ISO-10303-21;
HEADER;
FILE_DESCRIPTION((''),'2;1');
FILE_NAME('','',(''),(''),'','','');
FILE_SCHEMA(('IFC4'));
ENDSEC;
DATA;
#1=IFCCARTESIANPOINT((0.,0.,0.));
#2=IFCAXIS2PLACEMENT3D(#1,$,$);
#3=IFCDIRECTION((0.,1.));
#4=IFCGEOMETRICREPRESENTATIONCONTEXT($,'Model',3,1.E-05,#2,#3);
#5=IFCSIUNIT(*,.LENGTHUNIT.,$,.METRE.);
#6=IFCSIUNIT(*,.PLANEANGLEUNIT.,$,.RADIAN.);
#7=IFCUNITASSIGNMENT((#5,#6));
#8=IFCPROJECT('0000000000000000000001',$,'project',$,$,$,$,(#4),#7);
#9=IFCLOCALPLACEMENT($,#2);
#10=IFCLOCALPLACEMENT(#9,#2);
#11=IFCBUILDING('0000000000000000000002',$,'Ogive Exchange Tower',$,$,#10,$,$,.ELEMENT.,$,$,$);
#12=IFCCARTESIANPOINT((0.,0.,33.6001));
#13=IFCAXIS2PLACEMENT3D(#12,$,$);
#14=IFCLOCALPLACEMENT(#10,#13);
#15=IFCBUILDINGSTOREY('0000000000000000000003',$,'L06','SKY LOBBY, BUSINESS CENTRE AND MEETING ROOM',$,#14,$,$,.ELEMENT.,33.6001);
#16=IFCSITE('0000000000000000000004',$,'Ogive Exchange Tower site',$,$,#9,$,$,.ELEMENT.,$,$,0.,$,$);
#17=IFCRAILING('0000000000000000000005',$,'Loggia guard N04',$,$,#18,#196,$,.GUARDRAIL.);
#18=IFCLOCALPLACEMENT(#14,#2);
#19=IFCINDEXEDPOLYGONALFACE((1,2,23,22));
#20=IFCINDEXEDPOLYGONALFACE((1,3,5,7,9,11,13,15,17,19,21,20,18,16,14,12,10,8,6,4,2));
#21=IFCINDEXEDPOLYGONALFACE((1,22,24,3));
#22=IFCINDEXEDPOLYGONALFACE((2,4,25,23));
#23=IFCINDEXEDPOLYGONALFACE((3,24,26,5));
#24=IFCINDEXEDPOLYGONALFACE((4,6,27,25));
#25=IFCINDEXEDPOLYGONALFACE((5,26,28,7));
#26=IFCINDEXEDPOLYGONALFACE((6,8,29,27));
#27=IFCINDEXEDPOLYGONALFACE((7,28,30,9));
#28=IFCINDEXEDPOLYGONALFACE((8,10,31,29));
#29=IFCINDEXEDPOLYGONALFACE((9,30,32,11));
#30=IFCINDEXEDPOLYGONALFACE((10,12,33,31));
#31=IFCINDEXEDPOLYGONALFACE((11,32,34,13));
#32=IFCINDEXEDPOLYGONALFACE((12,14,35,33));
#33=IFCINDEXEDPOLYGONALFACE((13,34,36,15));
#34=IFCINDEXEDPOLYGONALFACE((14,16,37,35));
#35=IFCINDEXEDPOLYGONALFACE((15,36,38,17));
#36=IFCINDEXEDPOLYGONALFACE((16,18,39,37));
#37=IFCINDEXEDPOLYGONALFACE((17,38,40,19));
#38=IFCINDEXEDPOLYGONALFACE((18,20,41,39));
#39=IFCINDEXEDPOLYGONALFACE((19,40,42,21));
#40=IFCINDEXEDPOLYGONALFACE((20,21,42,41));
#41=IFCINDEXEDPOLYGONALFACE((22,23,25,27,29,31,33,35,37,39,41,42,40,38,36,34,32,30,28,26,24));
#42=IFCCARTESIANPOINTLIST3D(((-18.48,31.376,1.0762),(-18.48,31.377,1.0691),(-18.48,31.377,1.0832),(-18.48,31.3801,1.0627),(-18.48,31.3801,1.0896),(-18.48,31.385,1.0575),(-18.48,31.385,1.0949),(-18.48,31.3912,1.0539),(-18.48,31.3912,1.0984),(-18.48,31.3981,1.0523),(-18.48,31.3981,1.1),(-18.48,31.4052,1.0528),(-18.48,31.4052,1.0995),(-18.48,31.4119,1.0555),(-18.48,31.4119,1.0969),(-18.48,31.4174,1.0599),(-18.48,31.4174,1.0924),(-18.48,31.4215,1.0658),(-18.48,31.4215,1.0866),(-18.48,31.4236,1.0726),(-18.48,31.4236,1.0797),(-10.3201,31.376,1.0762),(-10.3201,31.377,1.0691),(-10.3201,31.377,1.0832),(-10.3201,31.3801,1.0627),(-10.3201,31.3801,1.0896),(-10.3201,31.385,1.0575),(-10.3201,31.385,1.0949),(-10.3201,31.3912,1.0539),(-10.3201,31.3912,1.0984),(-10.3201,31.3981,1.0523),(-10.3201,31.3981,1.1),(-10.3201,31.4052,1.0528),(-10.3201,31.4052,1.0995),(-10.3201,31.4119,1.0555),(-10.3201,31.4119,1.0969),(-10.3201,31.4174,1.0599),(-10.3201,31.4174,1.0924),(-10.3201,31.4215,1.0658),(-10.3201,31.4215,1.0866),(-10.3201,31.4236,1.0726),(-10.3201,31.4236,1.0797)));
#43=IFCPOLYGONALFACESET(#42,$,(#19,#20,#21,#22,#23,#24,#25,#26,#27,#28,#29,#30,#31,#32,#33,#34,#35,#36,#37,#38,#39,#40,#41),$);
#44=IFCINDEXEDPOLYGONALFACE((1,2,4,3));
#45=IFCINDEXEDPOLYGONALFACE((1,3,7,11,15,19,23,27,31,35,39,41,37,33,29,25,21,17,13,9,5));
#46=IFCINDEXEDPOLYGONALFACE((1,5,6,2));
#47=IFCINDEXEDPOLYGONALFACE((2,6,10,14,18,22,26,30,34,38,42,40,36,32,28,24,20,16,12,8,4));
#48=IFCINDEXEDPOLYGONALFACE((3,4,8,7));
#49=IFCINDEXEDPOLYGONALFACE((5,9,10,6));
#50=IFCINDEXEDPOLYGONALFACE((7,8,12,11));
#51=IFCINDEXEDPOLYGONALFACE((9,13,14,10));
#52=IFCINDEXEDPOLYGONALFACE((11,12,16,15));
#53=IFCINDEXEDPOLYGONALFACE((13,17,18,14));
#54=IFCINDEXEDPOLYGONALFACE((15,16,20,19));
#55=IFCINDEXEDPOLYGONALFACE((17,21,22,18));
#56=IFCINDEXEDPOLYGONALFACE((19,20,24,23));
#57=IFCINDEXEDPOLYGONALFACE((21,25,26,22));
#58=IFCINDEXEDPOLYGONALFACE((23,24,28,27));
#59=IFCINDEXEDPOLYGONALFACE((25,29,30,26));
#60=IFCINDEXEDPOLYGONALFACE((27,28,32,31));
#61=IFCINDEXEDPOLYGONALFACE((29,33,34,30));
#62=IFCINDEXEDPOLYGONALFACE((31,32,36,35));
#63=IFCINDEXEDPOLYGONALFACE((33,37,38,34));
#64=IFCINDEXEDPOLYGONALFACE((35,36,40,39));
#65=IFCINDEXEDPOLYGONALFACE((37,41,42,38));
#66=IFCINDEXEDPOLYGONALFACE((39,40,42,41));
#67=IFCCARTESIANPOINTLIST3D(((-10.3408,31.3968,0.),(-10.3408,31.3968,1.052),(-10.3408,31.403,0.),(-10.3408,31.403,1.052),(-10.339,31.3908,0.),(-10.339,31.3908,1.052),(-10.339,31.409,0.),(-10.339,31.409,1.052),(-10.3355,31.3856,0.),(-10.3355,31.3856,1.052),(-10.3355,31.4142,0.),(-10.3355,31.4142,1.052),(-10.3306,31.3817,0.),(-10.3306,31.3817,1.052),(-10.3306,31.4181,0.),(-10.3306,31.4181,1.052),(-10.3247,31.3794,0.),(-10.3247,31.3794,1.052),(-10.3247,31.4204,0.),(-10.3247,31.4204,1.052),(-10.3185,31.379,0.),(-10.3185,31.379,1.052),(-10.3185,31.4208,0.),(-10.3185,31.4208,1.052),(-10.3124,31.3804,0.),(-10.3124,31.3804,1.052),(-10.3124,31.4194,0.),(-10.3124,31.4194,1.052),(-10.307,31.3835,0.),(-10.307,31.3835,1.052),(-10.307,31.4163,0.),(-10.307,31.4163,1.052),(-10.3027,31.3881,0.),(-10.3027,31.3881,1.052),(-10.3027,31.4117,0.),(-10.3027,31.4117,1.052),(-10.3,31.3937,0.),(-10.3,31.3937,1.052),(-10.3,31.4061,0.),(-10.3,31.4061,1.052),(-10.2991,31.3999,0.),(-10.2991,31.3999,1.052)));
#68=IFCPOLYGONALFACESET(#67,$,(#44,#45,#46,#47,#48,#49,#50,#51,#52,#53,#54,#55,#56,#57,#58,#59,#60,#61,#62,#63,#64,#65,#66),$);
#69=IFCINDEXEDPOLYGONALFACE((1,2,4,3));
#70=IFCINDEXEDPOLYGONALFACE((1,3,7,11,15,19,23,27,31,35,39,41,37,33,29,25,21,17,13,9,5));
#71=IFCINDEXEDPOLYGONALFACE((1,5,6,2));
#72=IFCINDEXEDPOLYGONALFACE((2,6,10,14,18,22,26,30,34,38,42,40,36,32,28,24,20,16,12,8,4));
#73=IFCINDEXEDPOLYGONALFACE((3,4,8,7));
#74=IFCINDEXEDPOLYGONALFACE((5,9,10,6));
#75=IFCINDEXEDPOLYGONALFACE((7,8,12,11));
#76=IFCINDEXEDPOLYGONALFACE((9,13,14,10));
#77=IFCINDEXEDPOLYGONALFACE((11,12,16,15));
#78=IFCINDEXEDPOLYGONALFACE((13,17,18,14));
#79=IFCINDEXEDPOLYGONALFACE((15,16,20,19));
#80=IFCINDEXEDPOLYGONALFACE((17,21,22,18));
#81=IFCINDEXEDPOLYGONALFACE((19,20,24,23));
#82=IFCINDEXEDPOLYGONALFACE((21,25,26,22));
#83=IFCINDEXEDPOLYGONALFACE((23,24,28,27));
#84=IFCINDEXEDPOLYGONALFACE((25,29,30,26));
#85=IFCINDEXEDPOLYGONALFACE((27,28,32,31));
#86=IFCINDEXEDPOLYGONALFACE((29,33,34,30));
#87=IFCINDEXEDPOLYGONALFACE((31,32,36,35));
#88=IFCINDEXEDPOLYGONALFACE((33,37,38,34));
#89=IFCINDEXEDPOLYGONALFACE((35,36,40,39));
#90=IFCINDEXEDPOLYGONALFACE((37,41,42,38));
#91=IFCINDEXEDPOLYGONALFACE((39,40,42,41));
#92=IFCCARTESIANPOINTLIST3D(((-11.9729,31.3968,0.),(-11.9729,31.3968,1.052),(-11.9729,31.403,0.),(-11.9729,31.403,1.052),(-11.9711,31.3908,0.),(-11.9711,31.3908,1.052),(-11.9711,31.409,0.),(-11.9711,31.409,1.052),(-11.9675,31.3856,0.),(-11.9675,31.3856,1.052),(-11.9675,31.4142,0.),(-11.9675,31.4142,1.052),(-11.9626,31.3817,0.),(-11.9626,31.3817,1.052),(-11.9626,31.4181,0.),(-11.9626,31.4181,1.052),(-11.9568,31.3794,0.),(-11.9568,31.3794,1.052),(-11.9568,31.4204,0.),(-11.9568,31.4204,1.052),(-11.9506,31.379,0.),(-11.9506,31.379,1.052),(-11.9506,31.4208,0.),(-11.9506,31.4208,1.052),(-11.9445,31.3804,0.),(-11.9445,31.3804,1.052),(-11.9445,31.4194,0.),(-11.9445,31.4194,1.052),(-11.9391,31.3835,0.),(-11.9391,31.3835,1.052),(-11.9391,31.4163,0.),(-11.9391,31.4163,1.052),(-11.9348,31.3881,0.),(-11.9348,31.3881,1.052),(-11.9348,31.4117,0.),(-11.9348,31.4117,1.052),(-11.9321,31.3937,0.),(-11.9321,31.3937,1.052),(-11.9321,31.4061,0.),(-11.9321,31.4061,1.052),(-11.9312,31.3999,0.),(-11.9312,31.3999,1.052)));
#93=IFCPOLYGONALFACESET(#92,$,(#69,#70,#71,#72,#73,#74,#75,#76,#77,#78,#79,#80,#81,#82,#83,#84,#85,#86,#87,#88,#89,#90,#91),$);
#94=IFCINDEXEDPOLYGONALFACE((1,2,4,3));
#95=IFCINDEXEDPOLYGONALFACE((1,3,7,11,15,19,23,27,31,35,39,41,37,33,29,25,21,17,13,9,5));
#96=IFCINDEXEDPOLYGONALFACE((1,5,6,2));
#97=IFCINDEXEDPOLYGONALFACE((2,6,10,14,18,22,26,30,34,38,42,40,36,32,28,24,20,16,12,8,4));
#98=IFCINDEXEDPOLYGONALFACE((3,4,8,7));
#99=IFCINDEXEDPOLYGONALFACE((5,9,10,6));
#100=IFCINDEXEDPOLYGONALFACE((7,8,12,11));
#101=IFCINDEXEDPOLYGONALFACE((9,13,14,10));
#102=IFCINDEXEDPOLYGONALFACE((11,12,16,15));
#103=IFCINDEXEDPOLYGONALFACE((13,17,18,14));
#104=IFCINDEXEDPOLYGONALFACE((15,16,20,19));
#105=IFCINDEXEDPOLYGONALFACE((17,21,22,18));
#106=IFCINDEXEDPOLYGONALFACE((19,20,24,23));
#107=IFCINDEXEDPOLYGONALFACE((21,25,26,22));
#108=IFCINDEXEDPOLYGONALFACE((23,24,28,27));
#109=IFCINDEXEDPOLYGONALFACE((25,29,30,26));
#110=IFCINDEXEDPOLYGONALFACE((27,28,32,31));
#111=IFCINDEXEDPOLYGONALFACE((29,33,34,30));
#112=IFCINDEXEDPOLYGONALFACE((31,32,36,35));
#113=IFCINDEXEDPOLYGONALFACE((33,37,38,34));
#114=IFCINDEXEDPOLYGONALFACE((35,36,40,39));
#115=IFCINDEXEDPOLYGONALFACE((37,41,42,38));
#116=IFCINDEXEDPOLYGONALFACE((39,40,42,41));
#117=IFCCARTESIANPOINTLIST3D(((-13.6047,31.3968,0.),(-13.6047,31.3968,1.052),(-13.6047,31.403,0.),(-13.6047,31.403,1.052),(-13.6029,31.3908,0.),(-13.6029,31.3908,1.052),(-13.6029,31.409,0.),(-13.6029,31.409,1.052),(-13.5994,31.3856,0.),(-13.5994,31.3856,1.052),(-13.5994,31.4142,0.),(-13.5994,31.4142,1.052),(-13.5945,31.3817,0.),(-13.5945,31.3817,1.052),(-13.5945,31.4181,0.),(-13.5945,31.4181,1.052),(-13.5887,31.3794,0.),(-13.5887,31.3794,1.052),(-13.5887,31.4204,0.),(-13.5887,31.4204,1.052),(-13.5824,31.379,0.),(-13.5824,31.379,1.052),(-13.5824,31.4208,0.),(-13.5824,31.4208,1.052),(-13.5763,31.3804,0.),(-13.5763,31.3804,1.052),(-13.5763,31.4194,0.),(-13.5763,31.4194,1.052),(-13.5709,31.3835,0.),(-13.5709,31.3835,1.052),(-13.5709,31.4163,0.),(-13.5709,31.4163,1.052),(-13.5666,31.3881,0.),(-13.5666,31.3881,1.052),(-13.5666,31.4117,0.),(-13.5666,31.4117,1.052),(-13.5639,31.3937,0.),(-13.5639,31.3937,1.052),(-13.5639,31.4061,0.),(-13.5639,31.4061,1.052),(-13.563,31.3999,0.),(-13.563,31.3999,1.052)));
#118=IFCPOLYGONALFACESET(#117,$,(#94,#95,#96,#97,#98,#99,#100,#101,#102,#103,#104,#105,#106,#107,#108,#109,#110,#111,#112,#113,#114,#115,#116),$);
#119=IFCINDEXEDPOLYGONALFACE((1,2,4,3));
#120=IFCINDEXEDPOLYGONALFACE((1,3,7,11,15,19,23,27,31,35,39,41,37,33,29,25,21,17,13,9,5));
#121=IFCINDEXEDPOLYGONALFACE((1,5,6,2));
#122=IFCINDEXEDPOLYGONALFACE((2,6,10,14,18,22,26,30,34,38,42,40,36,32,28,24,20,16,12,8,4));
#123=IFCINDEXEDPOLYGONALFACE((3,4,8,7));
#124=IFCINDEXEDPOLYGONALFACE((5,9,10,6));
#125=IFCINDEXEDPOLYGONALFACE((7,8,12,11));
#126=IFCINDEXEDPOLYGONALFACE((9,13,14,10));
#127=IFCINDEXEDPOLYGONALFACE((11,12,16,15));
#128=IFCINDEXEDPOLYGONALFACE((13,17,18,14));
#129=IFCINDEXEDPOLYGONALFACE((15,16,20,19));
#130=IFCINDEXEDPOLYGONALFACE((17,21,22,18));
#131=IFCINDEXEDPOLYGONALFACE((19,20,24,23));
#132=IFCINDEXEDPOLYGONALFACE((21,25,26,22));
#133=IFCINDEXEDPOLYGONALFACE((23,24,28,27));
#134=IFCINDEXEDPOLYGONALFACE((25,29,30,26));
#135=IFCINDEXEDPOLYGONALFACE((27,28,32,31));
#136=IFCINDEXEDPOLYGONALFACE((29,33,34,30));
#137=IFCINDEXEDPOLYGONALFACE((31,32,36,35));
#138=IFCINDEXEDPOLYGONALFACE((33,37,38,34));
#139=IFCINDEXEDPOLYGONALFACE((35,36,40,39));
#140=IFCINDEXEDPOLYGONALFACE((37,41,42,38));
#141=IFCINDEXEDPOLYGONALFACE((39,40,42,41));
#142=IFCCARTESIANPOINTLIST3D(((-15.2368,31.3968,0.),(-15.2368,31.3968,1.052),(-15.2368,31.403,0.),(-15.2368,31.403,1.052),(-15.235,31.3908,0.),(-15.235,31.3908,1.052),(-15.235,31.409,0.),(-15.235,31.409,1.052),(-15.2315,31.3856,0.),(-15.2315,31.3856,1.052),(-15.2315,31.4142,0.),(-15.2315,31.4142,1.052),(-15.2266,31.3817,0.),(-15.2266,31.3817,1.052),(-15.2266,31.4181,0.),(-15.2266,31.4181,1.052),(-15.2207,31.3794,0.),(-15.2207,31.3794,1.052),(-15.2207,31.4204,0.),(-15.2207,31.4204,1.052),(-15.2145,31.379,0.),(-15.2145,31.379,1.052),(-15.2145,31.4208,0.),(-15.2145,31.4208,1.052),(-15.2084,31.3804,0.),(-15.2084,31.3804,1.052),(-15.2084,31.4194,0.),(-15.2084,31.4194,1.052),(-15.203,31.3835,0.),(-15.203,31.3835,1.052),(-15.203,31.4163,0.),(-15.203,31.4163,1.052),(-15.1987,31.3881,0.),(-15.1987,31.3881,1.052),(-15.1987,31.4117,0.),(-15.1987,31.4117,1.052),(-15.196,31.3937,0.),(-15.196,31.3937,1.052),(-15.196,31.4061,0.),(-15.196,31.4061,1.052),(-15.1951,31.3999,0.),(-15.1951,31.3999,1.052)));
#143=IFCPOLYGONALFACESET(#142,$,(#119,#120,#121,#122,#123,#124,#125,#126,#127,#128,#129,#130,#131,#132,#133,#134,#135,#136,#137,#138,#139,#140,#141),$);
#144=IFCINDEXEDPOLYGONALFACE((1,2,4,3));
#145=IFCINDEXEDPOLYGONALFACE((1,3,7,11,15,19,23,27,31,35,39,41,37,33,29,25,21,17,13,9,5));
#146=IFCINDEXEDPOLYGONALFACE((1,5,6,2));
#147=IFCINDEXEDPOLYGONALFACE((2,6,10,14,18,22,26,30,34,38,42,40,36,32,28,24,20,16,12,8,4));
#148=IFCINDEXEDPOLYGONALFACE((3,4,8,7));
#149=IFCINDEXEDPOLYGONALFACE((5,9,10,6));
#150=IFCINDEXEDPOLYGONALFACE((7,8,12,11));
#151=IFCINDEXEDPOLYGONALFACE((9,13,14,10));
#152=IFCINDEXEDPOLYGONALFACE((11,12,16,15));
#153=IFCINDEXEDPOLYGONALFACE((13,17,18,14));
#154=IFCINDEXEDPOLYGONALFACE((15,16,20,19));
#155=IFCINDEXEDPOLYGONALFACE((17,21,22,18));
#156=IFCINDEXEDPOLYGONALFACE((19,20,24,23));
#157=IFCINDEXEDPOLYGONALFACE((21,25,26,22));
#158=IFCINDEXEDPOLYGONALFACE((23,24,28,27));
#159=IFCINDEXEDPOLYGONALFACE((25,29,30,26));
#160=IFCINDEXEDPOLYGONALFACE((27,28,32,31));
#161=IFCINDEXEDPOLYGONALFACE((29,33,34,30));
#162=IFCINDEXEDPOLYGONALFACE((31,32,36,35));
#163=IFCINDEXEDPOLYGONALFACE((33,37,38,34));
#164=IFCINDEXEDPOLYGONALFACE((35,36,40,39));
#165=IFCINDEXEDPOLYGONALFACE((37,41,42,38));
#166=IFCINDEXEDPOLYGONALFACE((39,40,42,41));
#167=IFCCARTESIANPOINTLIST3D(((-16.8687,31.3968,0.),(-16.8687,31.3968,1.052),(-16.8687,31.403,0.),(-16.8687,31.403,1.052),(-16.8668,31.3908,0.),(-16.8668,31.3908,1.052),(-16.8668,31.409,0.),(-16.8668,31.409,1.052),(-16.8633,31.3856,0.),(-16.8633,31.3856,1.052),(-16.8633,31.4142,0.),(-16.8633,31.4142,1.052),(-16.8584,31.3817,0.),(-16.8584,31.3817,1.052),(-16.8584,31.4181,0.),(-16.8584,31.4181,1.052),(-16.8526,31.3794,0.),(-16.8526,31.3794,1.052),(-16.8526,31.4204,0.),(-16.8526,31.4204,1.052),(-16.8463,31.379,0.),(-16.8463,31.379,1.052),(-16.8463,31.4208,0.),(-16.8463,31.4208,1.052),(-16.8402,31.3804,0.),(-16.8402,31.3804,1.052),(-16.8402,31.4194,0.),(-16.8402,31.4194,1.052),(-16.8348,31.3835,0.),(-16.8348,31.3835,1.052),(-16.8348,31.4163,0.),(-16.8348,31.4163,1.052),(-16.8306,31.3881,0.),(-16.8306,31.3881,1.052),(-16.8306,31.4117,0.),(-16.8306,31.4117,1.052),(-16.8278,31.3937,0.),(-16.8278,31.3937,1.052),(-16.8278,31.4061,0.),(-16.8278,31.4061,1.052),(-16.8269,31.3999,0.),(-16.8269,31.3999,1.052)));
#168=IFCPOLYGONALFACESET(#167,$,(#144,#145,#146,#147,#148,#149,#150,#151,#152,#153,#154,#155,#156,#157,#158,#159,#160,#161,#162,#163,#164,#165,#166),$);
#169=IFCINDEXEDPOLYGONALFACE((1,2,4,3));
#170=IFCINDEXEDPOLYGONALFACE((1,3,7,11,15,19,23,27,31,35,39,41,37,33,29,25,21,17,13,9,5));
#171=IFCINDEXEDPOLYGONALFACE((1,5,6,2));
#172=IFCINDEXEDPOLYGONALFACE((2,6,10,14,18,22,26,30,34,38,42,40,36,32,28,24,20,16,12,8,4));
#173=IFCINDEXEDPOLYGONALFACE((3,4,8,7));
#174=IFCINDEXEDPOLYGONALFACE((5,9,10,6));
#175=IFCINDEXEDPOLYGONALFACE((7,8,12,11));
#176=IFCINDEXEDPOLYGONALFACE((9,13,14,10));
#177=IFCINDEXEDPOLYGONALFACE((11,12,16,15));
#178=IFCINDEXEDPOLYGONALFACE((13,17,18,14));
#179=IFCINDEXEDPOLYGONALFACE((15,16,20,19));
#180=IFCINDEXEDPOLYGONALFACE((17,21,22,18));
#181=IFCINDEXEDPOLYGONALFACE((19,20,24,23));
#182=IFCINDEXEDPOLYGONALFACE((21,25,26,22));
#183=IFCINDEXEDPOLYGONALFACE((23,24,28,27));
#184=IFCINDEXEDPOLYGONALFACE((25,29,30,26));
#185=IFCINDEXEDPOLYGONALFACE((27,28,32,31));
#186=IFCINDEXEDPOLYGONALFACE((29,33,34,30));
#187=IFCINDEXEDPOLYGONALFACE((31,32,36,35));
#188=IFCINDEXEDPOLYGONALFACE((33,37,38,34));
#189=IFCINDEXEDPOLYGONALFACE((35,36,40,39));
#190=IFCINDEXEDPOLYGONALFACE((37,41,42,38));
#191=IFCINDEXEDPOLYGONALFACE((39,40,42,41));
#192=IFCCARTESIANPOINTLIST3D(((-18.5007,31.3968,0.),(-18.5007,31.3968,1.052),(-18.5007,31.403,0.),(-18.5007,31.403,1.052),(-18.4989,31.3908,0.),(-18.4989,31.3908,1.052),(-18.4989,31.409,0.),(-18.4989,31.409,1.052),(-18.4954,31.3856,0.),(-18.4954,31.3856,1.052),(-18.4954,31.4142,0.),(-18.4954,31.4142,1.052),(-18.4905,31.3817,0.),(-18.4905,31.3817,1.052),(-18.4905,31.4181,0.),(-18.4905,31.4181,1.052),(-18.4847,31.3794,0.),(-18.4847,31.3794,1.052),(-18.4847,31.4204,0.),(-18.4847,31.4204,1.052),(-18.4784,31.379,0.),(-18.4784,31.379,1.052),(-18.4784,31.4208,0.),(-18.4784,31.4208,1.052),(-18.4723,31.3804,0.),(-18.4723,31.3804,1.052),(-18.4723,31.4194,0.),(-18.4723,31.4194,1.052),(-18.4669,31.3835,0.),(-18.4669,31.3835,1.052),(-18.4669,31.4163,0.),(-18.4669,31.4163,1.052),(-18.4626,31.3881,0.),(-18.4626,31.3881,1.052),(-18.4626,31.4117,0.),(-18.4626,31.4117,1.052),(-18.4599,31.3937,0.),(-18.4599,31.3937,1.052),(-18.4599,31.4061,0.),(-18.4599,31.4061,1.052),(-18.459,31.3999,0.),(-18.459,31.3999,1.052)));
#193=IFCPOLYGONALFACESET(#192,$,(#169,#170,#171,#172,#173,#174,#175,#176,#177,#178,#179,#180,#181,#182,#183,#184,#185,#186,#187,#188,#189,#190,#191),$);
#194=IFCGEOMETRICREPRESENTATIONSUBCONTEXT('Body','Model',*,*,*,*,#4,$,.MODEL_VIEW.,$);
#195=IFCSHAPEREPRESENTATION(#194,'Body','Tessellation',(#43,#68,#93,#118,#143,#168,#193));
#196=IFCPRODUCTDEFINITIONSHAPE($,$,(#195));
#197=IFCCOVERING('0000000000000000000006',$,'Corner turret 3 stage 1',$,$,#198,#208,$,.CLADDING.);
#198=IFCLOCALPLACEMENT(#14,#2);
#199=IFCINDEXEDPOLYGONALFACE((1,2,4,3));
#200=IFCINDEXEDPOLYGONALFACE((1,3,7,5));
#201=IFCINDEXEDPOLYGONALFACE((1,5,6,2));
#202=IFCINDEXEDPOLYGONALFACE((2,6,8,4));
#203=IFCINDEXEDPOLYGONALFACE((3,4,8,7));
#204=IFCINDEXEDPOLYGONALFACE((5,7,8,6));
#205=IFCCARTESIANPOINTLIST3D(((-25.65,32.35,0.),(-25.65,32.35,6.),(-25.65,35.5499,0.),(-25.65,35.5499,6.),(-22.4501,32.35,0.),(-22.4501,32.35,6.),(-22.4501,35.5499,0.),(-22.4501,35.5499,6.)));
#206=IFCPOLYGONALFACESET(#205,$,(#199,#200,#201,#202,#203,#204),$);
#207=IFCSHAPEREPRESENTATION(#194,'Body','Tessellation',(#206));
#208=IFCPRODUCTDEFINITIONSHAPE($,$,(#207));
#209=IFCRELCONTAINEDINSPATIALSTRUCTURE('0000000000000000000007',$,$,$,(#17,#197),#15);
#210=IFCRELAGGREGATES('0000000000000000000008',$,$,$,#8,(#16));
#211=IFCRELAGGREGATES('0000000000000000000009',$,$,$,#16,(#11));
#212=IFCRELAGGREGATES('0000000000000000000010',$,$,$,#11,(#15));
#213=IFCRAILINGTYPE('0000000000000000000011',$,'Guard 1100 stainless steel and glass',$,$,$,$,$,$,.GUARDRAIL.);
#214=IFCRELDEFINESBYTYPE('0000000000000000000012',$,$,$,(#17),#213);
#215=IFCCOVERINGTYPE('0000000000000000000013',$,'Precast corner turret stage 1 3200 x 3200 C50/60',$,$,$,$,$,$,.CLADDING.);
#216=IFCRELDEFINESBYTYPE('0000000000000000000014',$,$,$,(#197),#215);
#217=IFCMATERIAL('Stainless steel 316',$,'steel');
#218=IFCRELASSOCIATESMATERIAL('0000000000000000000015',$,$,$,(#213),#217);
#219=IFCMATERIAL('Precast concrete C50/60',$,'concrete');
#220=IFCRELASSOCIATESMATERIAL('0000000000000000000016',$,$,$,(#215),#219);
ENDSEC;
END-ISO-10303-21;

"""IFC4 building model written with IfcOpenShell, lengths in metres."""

from ifc_helpers import new_model, si_unit, direction, frame, origin, origin_2d, place, context, subcontext, project, spatial, rectangle, circle, extrude, material, material_profile, profile_set, type_object, element, save


model = new_model("IFC4")

# Units and contexts
model_context = context("Model", 3, precision=1e-05, world=origin(), true_north=direction((0.0, 1.0)))
body_context = subcontext(model_context, "Body", "Model", "MODEL_VIEW")
ifc_project = project(units=[si_unit("LENGTHUNIT", "METRE"), si_unit("PLANEANGLEUNIT", "RADIAN")], contexts=[model_context])

# Site, building, storey
site_placement = place(None, origin())
site = spatial("IfcSite", under=ifc_project, at=site_placement, Name="Ogive Exchange Tower site", CompositionType="ELEMENT", RefElevation=0.0)
building_placement = place(site_placement, origin())
building = spatial("IfcBuilding", under=site, at=building_placement, Name="Ogive Exchange Tower", CompositionType="ELEMENT")
storey_placement = place(building_placement, frame((0.0, 0.0, 33.6001)))
storey = spatial("IfcBuildingStorey", under=building, at=storey_placement, Name="L06", Description="SKY LOBBY, BUSINESS CENTRE AND MEETING ROOM", CompositionType="ELEMENT", Elevation=33.6001)

# Railing
ifc_material_1 = material(Name="Stainless steel 316", Category="steel")
railing_type_1 = type_object("IfcRailingType", Name="Guard 1100 stainless steel and glass", PredefinedType="GUARDRAIL", material=ifc_material_1)
railing_1_placement = place(storey_placement, frame((-10.3201, 31.3999, 0.0)))
element("IfcRailing", 1, at=railing_1_placement, inside=storey, type_object=railing_type_1, Name="Loggia guard N04", PredefinedType="GUARDRAIL", context=body_context, shape_type="SweptSolid", body=[
    extrude(circle(Radius=0.0239, at=origin_2d()), frame((0.0, 0.0, 1.0762), z_axis=(-1.0, 0.0, 0.0), x_axis=(0.0, -1.0, 0.0)), (0.0, 0.0, 1.0), 8.1599),
    extrude(circle(Radius=0.021, at=origin_2d()), origin(), (0.0, 0.0, 1.0), 1.052),
    extrude(circle(Radius=0.021, at=origin_2d()), frame((-1.6321, 0.0, 0.0)), (0.0, 0.0, 1.0), 1.052),
    extrude(circle(Radius=0.021, at=origin_2d()), frame((-3.2639, 0.0, 0.0)), (0.0, 0.0, 1.0), 1.052),
    extrude(circle(Radius=0.021, at=origin_2d()), frame((-4.896, 0.0, 0.0)), (0.0, 0.0, 1.0), 1.052),
    extrude(circle(Radius=0.021, at=origin_2d()), frame((-6.5278, 0.0, 0.0)), (0.0, 0.0, 1.0), 1.052),
    extrude(circle(Radius=0.021, at=origin_2d()), frame((-8.1599, 0.0, 0.0)), (0.0, 0.0, 1.0), 1.052),
])

# Covering
ifc_material_2 = material(Name="Precast concrete C50/60", Category="concrete")
ifc_material_profile_1 = material_profile(ifc_material_2, rectangle(XDim=3.2, YDim=3.2, at=origin_2d()), Name="CORNER TURRET 1 3200 x 3200")
ifc_profile_set_1 = profile_set([ifc_material_profile_1], Name="Precast concrete C50/60")
covering_type = type_object("IfcCoveringType", Name="Precast corner turret stage 1 3200 x 3200 C50/60", PredefinedType="CLADDING", material=ifc_profile_set_1)
covering_placement = place(storey_placement, frame((-24.05, 33.95, 0.0), z_axis=(0.0, 0.0, 1.0), x_axis=(1.0, 0.0, 0.0)))
element("IfcCovering", 2, at=covering_placement, inside=storey, type_object=covering_type, Name="Corner turret 3 stage 1", PredefinedType="CLADDING", context=body_context, shape_type="SweptSolid", body=[
    extrude(rectangle(XDim=3.2, YDim=3.2, at=origin_2d()), origin(), (0.0, 0.0, 1.0), 6.0),
])

save(model, "model.ifc")
